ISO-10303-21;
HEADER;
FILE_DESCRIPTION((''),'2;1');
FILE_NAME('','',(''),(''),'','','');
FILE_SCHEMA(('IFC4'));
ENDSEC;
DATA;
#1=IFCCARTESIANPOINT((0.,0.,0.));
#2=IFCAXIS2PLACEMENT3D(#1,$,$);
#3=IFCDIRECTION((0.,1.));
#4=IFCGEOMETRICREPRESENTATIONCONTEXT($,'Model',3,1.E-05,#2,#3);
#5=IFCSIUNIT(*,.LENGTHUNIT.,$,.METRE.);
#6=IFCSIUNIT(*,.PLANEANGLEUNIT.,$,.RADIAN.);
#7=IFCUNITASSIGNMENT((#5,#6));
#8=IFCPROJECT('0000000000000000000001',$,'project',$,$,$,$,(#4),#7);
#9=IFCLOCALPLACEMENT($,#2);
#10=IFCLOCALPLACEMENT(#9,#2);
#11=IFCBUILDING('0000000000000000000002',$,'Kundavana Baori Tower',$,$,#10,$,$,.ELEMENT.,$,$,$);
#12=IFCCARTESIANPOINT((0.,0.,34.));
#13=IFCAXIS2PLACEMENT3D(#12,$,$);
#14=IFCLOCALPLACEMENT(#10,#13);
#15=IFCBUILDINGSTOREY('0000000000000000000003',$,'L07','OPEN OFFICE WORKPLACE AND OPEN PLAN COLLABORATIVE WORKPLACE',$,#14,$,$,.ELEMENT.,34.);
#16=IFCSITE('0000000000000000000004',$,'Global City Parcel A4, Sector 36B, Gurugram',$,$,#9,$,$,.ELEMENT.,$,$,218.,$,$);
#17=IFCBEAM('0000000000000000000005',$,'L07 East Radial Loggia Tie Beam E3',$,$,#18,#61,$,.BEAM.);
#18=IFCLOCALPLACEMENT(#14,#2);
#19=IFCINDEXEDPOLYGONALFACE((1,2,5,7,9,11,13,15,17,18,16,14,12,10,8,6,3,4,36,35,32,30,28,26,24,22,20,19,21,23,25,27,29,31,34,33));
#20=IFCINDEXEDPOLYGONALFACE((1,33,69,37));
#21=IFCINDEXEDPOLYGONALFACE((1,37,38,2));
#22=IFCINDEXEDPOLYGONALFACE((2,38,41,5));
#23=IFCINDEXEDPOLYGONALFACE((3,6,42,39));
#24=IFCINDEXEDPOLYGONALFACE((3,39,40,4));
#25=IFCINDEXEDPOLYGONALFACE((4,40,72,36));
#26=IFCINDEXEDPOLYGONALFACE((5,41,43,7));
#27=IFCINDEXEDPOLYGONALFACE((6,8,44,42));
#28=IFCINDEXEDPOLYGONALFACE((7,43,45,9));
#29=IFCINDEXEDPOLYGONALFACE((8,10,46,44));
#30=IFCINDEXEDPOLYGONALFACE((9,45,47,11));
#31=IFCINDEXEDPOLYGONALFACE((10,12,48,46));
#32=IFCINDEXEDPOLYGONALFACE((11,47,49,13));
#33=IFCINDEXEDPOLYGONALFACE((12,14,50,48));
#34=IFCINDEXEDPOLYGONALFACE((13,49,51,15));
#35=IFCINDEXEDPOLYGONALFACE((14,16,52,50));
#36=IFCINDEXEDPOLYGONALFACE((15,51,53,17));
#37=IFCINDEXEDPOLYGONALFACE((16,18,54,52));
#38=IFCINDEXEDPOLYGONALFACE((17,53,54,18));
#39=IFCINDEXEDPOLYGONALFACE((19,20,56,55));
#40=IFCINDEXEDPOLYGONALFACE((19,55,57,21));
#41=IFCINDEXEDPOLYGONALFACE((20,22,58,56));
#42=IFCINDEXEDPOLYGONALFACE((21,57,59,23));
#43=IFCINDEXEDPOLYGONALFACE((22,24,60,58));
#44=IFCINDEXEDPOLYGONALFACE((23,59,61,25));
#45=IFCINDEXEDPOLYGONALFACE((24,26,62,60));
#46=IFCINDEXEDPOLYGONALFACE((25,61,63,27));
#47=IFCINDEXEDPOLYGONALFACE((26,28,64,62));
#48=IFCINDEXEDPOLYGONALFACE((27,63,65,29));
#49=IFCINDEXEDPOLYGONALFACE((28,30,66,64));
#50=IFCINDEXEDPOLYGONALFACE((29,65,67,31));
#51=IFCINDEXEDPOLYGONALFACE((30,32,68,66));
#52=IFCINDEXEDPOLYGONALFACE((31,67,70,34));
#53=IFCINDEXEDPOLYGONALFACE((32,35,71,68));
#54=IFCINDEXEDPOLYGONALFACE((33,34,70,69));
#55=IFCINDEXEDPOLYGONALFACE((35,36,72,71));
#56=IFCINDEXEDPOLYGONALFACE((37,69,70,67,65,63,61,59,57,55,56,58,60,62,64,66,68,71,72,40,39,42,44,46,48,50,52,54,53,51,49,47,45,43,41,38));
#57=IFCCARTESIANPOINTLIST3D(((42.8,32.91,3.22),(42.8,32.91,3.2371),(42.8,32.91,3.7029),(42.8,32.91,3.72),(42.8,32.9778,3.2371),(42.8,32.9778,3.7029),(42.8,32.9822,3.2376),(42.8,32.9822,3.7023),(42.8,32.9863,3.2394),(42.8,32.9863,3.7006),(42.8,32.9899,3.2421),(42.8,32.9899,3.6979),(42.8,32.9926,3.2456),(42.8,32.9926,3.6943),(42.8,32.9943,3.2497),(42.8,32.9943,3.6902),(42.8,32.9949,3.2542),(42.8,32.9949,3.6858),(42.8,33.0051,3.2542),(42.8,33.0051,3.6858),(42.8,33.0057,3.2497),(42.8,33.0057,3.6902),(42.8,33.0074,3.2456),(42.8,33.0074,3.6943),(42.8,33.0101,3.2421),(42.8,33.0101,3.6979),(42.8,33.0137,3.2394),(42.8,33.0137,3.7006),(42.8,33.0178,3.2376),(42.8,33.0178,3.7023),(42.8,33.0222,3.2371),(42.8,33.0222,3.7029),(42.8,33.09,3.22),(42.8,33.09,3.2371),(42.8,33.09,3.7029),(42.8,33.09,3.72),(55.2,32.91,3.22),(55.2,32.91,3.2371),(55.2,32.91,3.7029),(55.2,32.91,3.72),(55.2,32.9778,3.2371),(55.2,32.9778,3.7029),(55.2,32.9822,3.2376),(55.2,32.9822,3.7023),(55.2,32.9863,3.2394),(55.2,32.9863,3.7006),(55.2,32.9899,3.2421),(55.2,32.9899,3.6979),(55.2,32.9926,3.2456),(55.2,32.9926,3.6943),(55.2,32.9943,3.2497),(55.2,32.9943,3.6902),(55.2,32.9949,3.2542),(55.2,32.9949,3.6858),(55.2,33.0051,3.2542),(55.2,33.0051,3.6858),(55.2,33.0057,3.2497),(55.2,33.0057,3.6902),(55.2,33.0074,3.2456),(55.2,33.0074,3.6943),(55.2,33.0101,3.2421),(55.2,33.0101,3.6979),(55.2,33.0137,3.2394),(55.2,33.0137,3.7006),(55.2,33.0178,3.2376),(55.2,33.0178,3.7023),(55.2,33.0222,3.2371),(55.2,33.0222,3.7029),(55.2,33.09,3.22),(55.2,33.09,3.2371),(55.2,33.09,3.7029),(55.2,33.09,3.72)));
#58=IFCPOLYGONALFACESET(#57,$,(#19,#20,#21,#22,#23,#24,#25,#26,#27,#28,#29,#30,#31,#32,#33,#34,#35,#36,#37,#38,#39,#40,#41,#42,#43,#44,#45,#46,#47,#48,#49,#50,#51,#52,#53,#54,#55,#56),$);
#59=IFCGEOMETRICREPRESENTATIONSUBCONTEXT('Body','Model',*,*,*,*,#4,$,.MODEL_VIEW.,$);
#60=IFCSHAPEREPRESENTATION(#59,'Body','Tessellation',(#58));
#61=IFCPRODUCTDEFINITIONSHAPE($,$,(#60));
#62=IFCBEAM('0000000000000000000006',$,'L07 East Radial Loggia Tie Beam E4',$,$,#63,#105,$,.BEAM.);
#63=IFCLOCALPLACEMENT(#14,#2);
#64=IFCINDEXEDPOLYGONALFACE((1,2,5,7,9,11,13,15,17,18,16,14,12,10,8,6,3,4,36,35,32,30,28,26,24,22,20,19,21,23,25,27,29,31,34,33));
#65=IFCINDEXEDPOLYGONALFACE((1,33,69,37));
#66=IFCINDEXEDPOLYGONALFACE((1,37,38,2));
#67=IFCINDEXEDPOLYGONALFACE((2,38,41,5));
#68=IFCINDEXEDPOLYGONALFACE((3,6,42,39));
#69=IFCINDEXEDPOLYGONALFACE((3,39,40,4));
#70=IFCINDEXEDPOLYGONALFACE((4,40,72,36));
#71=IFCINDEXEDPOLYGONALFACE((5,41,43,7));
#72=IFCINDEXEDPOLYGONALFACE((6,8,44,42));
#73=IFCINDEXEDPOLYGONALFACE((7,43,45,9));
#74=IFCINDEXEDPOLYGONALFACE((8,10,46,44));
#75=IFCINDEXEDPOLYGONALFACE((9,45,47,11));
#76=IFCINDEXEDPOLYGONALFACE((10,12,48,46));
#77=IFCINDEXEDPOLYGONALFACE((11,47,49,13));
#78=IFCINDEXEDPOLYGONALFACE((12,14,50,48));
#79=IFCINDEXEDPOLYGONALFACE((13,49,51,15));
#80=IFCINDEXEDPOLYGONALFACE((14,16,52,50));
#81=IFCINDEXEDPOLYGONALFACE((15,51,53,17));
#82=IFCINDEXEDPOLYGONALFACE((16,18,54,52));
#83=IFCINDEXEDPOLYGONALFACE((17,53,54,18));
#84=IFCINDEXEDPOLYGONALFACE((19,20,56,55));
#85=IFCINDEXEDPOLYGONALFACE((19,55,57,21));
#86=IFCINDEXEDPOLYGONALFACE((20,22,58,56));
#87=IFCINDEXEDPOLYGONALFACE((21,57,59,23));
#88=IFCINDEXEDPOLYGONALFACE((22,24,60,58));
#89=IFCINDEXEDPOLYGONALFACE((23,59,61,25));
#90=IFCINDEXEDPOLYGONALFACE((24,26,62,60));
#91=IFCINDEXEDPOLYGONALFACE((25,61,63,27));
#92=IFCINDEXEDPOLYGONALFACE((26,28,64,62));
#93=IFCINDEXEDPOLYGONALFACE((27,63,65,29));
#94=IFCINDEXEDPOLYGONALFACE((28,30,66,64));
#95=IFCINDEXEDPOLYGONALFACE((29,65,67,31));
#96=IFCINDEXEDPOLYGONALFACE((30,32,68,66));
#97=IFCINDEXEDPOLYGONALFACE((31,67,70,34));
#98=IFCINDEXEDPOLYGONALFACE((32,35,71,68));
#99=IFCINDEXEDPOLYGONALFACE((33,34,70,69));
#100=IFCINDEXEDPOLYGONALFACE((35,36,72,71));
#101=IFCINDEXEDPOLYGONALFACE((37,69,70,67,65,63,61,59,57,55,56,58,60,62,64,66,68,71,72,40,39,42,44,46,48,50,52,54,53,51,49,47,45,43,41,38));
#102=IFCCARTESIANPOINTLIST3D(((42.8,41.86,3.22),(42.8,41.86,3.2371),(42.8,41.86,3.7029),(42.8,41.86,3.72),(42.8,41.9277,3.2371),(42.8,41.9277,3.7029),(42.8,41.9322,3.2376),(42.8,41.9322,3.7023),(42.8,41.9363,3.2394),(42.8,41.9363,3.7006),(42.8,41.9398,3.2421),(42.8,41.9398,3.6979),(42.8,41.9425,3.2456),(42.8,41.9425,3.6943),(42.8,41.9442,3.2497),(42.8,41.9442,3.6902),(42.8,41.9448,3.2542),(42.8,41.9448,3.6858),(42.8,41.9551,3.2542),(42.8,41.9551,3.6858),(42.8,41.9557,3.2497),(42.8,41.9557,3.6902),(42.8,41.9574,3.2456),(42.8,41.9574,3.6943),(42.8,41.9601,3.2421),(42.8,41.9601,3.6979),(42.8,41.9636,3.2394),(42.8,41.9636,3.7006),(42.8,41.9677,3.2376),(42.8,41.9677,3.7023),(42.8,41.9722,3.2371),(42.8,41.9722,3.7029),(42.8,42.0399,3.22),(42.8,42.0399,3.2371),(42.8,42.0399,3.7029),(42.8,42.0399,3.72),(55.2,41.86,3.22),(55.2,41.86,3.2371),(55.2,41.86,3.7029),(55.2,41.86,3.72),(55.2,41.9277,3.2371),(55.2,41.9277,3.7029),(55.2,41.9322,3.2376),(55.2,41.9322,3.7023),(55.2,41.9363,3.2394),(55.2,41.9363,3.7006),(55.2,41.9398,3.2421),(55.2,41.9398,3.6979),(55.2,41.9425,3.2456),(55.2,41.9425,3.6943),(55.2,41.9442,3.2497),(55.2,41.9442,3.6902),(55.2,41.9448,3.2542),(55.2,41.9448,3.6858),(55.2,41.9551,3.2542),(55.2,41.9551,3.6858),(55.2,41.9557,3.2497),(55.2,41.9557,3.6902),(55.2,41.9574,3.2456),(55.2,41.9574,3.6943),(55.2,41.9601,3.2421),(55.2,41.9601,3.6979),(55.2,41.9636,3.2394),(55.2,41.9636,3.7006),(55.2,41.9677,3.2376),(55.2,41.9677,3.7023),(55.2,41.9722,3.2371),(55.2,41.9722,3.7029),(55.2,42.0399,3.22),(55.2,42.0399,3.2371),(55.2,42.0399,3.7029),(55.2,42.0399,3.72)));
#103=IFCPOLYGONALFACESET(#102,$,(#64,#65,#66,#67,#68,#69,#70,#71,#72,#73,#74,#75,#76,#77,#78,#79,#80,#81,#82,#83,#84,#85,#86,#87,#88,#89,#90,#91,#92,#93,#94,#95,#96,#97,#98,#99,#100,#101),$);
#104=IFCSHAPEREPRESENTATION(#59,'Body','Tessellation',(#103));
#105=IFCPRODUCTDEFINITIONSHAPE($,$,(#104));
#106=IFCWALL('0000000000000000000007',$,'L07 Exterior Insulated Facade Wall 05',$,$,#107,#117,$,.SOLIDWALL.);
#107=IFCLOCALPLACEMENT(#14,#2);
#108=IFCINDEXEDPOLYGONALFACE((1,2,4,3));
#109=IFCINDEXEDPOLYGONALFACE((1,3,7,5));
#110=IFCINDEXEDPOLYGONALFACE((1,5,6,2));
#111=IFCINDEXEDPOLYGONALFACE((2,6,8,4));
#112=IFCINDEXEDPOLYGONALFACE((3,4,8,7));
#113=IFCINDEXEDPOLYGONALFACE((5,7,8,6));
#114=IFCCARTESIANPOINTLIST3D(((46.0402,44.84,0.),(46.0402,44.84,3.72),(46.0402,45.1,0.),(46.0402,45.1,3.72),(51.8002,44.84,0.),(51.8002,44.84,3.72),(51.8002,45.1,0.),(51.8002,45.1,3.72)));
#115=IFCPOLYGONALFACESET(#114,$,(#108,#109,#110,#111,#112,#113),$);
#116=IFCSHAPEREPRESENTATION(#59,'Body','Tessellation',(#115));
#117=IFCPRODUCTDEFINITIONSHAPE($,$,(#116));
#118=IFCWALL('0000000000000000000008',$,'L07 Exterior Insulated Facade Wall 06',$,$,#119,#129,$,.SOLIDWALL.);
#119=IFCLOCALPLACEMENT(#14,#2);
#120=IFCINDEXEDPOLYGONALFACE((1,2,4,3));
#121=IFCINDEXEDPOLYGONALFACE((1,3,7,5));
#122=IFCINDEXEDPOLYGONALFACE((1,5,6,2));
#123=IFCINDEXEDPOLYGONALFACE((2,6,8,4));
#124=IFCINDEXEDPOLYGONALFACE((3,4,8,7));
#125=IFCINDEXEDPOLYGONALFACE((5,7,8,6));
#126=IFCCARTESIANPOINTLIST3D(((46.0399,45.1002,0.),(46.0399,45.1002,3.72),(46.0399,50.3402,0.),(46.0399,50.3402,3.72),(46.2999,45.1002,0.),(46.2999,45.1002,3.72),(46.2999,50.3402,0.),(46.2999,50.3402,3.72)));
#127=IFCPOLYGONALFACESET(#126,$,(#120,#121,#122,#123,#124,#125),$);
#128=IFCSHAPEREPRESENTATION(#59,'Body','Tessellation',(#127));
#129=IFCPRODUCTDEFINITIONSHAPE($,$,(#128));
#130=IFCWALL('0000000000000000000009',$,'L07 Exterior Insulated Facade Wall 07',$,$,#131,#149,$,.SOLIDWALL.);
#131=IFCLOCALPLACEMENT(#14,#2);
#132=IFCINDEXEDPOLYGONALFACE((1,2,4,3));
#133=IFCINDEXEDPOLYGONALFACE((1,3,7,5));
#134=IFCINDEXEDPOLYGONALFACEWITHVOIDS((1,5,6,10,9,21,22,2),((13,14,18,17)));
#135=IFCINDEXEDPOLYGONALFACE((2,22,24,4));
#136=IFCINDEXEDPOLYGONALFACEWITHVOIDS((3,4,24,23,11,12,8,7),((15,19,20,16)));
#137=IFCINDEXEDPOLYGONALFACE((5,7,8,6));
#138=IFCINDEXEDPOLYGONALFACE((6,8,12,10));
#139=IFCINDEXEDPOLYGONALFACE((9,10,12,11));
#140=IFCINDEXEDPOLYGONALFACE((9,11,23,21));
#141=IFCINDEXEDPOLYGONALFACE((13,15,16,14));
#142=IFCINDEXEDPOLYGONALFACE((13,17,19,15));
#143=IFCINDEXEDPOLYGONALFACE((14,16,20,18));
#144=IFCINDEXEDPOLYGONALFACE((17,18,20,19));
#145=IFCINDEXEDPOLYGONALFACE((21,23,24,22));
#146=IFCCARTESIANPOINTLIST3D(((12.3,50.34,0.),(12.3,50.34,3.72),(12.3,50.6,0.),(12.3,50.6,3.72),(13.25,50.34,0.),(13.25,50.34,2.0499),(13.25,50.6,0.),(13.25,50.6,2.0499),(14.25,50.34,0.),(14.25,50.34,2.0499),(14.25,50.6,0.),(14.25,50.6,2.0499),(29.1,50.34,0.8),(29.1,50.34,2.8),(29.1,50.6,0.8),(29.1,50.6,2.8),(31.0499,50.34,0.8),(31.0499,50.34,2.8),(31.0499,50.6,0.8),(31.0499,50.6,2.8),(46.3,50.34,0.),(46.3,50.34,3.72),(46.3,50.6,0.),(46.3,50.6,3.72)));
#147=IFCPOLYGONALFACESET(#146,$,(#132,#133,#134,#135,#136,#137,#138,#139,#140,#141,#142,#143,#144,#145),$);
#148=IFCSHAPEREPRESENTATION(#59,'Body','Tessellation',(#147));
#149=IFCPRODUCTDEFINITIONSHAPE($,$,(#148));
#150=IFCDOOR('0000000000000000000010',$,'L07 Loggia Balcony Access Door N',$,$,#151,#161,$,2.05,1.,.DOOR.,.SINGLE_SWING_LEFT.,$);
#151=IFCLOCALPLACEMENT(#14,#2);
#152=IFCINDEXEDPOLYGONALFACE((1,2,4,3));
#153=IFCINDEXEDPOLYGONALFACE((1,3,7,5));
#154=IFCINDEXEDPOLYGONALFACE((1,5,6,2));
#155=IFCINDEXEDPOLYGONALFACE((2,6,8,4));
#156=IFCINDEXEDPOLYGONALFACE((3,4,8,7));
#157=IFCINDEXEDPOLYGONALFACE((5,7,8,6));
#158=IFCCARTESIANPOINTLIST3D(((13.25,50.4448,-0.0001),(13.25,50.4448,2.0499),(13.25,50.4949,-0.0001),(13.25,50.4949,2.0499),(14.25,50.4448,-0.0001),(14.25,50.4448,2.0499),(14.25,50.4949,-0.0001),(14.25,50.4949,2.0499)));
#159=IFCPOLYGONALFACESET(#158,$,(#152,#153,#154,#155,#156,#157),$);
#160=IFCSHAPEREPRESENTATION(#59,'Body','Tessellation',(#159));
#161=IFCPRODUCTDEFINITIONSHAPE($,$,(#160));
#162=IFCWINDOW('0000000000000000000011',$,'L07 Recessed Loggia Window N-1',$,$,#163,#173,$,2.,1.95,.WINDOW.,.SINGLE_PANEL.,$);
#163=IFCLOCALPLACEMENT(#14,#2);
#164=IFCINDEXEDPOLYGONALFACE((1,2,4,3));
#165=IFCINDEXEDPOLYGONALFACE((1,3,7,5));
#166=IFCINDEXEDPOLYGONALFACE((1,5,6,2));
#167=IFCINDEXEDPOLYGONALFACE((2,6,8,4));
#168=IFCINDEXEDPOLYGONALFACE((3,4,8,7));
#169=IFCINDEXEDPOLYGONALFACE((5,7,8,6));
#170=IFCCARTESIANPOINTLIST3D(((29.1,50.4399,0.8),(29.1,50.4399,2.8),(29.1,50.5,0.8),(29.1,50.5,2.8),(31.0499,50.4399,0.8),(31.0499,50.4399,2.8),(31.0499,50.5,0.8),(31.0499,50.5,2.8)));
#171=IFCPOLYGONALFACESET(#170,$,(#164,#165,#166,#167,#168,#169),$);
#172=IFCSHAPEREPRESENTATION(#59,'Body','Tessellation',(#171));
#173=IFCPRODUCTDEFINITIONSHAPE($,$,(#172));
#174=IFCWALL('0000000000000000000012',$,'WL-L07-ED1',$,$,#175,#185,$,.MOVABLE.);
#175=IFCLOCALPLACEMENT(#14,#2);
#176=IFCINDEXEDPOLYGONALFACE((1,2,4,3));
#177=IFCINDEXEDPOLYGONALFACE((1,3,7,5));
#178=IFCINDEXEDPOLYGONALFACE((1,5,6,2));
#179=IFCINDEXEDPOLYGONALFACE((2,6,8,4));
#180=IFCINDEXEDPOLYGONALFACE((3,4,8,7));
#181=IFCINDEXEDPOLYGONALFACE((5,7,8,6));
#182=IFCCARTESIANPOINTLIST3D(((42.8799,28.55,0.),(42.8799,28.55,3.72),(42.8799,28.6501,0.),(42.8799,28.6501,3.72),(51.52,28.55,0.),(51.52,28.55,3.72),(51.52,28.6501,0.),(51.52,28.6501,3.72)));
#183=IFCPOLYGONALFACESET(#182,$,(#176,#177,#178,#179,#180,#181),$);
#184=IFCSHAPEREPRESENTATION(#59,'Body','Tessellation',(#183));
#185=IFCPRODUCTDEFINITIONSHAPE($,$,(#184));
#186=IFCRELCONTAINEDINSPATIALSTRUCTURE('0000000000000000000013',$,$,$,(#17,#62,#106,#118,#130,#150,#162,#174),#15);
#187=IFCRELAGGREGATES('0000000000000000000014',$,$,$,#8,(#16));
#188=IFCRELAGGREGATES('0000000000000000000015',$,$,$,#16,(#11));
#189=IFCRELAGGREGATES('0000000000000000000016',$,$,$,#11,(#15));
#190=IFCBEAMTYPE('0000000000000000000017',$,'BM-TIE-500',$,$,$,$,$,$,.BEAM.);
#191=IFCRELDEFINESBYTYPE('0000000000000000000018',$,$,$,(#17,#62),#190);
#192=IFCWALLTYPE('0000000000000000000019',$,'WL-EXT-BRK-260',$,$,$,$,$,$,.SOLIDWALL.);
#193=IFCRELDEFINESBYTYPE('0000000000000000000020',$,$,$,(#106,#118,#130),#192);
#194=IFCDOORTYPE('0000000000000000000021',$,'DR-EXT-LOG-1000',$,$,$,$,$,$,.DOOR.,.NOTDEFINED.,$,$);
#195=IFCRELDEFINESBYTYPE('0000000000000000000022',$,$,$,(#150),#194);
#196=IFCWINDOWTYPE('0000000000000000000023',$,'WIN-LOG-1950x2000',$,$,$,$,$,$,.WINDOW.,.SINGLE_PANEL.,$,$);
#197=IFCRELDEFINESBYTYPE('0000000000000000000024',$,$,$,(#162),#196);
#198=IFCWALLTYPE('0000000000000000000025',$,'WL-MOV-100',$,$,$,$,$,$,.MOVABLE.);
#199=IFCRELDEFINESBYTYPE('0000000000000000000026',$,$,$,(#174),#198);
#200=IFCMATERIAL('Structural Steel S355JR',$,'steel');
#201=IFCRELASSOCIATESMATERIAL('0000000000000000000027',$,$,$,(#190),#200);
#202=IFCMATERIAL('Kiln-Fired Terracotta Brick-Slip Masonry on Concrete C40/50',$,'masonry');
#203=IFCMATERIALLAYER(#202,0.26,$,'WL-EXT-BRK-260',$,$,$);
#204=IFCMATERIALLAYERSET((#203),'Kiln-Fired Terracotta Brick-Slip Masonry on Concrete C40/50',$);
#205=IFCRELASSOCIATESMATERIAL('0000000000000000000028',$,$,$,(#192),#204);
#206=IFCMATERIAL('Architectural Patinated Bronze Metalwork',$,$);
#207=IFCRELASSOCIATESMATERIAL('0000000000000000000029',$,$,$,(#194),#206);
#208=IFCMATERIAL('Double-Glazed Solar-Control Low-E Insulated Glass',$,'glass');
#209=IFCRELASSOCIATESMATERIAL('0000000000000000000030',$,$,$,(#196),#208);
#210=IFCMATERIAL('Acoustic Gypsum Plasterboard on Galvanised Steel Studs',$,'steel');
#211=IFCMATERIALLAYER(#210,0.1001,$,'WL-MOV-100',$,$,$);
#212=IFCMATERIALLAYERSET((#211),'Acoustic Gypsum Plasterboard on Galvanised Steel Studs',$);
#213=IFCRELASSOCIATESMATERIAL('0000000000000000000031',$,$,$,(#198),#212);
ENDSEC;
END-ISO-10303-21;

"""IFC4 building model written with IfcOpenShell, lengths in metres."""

from ifc_helpers import new_model, si_unit, direction, frame, frame_2d, origin, origin_2d, place, context, subcontext, project, spatial, rectangle, i_section, extrude, material, layer, layer_set, material_profile, profile_set, type_object, element, fill, save


model = new_model("IFC4")

# Units and contexts
model_context = context("Model", 3, precision=1e-05, world=origin(), true_north=direction((0.0, 1.0)))
body_context = subcontext(model_context, "Body", "Model", "MODEL_VIEW")
ifc_project = project(units=[si_unit("LENGTHUNIT", "METRE"), si_unit("PLANEANGLEUNIT", "RADIAN")], contexts=[model_context])

# Site, building, storey
site_placement = place(None, origin())
site = spatial("IfcSite", under=ifc_project, at=site_placement, Name="Global City Parcel A4, Sector 36B, Gurugram", CompositionType="ELEMENT", RefElevation=218.0)
building_placement = place(site_placement, origin())
building = spatial("IfcBuilding", under=site, at=building_placement, Name="Kundavana Baori Tower", CompositionType="ELEMENT")
storey_placement = place(building_placement, frame((0.0, 0.0, 34.0)))
storey = spatial("IfcBuildingStorey", under=building, at=storey_placement, Name="L07", Description="OPEN OFFICE WORKPLACE AND OPEN PLAN COLLABORATIVE WORKPLACE", CompositionType="ELEMENT", Elevation=34.0)

# Beams
ifc_material_1 = material(Name="Structural Steel S355JR", Category="steel")
ifc_material_profile_1 = material_profile(ifc_material_1, i_section(OverallWidth=0.1799, OverallDepth=0.5, WebThickness=0.0103, FlangeThickness=0.0171, FilletRadius=0.0171, at=origin_2d()), Name="ISMB 500")
ifc_profile_set_1 = profile_set([ifc_material_profile_1], Name="Structural Steel S355JR")
beam_type_1 = type_object("IfcBeamType", Name="BM-TIE-500", PredefinedType="BEAM", material=ifc_profile_set_1)
for number, where, z_axis, x_axis, name in (
    (1, (42.8, 33.0, 3.47), (1.0, 0.0, 0.0), (0.0, 1.0, 0.0), "L07 East Radial Loggia Tie Beam E3"),
    (2, (42.8, 41.95, 3.47), (1.0, 0.0, 0.0), (0.0, 1.0, 0.0), "L07 East Radial Loggia Tie Beam E4"),
):
    element("IfcBeam", number, at=place(storey_placement, frame(where, z_axis=z_axis, x_axis=x_axis)), inside=storey, type_object=beam_type_1, Name=name, PredefinedType="BEAM", context=body_context, shape_type="SweptSolid", body=[
        extrude(i_section(OverallWidth=0.1799, OverallDepth=0.5, WebThickness=0.0103, FlangeThickness=0.0171, FilletRadius=0.0171, at=origin_2d()), origin(), (0.0, 0.0, 1.0), 12.3999),
    ])

# Walls
ifc_material_2 = material(Name="Kiln-Fired Terracotta Brick-Slip Masonry on Concrete C40/50", Category="masonry")
ifc_layer_1 = layer(ifc_material_2, 0.26, Name="WL-EXT-BRK-260")
ifc_layer_set_1 = layer_set([ifc_layer_1], Name="Kiln-Fired Terracotta Brick-Slip Masonry on Concrete C40/50")
wall_type_1 = type_object("IfcWallType", Name="WL-EXT-BRK-260", PredefinedType="SOLIDWALL", material=ifc_layer_set_1)
wall_1_placement = place(storey_placement, frame((51.8, 44.97, 0.0), z_axis=(0.0, 0.0, 1.0), x_axis=(-1.0, 0.0, 0.0)))
element("IfcWall", 3, at=wall_1_placement, inside=storey, type_object=wall_type_1, Name="L07 Exterior Insulated Facade Wall 05", PredefinedType="SOLIDWALL", context=body_context, shape_type="SweptSolid", body=[
    extrude(rectangle(XDim=5.76, YDim=0.26, at=frame_2d((2.8799, 0.0))), origin(), (0.0, 0.0, 1.0), 3.72),
])
wall_2_placement = place(storey_placement, frame((46.1699, 45.1001, 0.0), z_axis=(0.0, 0.0, 1.0), x_axis=(0.0, 1.0, 0.0)))
element("IfcWall", 4, at=wall_2_placement, inside=storey, type_object=wall_type_1, Name="L07 Exterior Insulated Facade Wall 06", PredefinedType="SOLIDWALL", context=body_context, shape_type="SweptSolid", body=[
    extrude(rectangle(XDim=5.24, YDim=0.26, at=frame_2d((2.6201, 0.0))), origin(), (0.0, 0.0, 1.0), 3.72),
])

# Wall, openings, door, window
wall_3_placement = place(storey_placement, frame((46.3, 50.47, 0.0), z_axis=(0.0, 0.0, 1.0), x_axis=(-1.0, 0.0, 0.0)))
wall_3 = element("IfcWall", 5, at=wall_3_placement, inside=storey, type_object=wall_type_1, Name="L07 Exterior Insulated Facade Wall 07", PredefinedType="SOLIDWALL", context=body_context, shape_type="SweptSolid", body=[
    extrude(rectangle(XDim=34.0, YDim=0.26, at=frame_2d((17.0, 0.0))), origin(), (0.0, 0.0, 1.0), 3.72),
])
opening_1_placement = place(wall_3_placement, frame((32.05, 0.0, 0.0)))
opening_1 = element("IfcOpeningElement", 6, at=opening_1_placement, cuts=wall_3, PredefinedType="OPENING", context=body_context, shape_type="SweptSolid", body=[
    extrude(rectangle(XDim=1.0, YDim=2.05, at=frame_2d((0.5, 1.0249))), frame((0.0, 0.1401, 0.0), z_axis=(0.0, -1.0, 0.0), x_axis=(1.0, 0.0, 0.0)), (0.0, 0.0, 1.0), 0.28),
])
opening_2_placement = place(wall_3_placement, frame((15.25, 0.0, 0.8)))
opening_2 = element("IfcOpeningElement", 7, at=opening_2_placement, cuts=wall_3, PredefinedType="OPENING", context=body_context, shape_type="SweptSolid", body=[
    extrude(rectangle(XDim=1.95, YDim=2.0, at=frame_2d((0.9751, 1.0))), frame((0.0, 0.1401, 0.0), z_axis=(0.0, -1.0, 0.0), x_axis=(1.0, 0.0, 0.0)), (0.0, 0.0, 1.0), 0.28),
])
ifc_material_3 = material(Name="Architectural Patinated Bronze Metalwork")
door_type_1 = type_object("IfcDoorType", Name="DR-EXT-LOG-1000", OperationType="NOTDEFINED", PredefinedType="DOOR", material=ifc_material_3)
door_1_placement = place(opening_1_placement, frame((1.0, 0.0, 0.0), z_axis=(0.0, 0.0, 1.0), x_axis=(-1.0, 0.0, 0.0)))
door_1 = element("IfcDoor", 8, at=door_1_placement, inside=storey, type_object=door_type_1, Name="L07 Loggia Balcony Access Door N", OperationType="SINGLE_SWING_LEFT", OverallHeight=2.05, OverallWidth=1.0, PredefinedType="DOOR", context=body_context, shape_type="SweptSolid", body=[
    extrude(rectangle(XDim=1.0, YDim=2.05, at=frame_2d((0.5, 1.0249))), frame((0.0, 0.0249, 0.0), z_axis=(0.0, -1.0, 0.0), x_axis=(1.0, 0.0, 0.0)), (0.0, 0.0, 1.0), 0.05),
])
fill(opening_1, door_1)
ifc_material_4 = material(Name="Double-Glazed Solar-Control Low-E Insulated Glass", Category="glass")
window_type = type_object("IfcWindowType", Name="WIN-LOG-1950x2000", PartitioningType="SINGLE_PANEL", PredefinedType="WINDOW", material=ifc_material_4)
window_placement = place(opening_2_placement, origin())
window = element("IfcWindow", 9, at=window_placement, inside=storey, type_object=window_type, Name="L07 Recessed Loggia Window N-1", OverallHeight=2.0, OverallWidth=1.95, PartitioningType="SINGLE_PANEL", PredefinedType="WINDOW", context=body_context, shape_type="SweptSolid", body=[
    extrude(rectangle(XDim=1.95, YDim=2.0, at=frame_2d((0.9751, 1.0))), frame((0.0, 0.03, 0.0), z_axis=(0.0, -1.0, 0.0), x_axis=(1.0, 0.0, 0.0)), (0.0, 0.0, 1.0), 0.0601),
])
fill(opening_2, window)

# Wall
ifc_material_5 = material(Name="Acoustic Gypsum Plasterboard on Galvanised Steel Studs", Category="steel")
ifc_layer_2 = layer(ifc_material_5, 0.1001, Name="WL-MOV-100")
ifc_layer_set_2 = layer_set([ifc_layer_2], Name="Acoustic Gypsum Plasterboard on Galvanised Steel Studs")
wall_type_2 = type_object("IfcWallType", Name="WL-MOV-100", PredefinedType="MOVABLE", material=ifc_layer_set_2)
wall_4_placement = place(storey_placement, frame((42.8799, 28.6001, 0.0), z_axis=(0.0, 0.0, 1.0), x_axis=(1.0, 0.0, 0.0)))
element("IfcWall", 10, at=wall_4_placement, inside=storey, type_object=wall_type_2, Name="WL-L07-ED1", PredefinedType="MOVABLE", context=body_context, shape_type="SweptSolid", body=[
    extrude(rectangle(XDim=8.6401, YDim=0.1001, at=frame_2d((4.3201, 0.0))), origin(), (0.0, 0.0, 1.0), 3.72),
])

save(model, "model.ifc")
